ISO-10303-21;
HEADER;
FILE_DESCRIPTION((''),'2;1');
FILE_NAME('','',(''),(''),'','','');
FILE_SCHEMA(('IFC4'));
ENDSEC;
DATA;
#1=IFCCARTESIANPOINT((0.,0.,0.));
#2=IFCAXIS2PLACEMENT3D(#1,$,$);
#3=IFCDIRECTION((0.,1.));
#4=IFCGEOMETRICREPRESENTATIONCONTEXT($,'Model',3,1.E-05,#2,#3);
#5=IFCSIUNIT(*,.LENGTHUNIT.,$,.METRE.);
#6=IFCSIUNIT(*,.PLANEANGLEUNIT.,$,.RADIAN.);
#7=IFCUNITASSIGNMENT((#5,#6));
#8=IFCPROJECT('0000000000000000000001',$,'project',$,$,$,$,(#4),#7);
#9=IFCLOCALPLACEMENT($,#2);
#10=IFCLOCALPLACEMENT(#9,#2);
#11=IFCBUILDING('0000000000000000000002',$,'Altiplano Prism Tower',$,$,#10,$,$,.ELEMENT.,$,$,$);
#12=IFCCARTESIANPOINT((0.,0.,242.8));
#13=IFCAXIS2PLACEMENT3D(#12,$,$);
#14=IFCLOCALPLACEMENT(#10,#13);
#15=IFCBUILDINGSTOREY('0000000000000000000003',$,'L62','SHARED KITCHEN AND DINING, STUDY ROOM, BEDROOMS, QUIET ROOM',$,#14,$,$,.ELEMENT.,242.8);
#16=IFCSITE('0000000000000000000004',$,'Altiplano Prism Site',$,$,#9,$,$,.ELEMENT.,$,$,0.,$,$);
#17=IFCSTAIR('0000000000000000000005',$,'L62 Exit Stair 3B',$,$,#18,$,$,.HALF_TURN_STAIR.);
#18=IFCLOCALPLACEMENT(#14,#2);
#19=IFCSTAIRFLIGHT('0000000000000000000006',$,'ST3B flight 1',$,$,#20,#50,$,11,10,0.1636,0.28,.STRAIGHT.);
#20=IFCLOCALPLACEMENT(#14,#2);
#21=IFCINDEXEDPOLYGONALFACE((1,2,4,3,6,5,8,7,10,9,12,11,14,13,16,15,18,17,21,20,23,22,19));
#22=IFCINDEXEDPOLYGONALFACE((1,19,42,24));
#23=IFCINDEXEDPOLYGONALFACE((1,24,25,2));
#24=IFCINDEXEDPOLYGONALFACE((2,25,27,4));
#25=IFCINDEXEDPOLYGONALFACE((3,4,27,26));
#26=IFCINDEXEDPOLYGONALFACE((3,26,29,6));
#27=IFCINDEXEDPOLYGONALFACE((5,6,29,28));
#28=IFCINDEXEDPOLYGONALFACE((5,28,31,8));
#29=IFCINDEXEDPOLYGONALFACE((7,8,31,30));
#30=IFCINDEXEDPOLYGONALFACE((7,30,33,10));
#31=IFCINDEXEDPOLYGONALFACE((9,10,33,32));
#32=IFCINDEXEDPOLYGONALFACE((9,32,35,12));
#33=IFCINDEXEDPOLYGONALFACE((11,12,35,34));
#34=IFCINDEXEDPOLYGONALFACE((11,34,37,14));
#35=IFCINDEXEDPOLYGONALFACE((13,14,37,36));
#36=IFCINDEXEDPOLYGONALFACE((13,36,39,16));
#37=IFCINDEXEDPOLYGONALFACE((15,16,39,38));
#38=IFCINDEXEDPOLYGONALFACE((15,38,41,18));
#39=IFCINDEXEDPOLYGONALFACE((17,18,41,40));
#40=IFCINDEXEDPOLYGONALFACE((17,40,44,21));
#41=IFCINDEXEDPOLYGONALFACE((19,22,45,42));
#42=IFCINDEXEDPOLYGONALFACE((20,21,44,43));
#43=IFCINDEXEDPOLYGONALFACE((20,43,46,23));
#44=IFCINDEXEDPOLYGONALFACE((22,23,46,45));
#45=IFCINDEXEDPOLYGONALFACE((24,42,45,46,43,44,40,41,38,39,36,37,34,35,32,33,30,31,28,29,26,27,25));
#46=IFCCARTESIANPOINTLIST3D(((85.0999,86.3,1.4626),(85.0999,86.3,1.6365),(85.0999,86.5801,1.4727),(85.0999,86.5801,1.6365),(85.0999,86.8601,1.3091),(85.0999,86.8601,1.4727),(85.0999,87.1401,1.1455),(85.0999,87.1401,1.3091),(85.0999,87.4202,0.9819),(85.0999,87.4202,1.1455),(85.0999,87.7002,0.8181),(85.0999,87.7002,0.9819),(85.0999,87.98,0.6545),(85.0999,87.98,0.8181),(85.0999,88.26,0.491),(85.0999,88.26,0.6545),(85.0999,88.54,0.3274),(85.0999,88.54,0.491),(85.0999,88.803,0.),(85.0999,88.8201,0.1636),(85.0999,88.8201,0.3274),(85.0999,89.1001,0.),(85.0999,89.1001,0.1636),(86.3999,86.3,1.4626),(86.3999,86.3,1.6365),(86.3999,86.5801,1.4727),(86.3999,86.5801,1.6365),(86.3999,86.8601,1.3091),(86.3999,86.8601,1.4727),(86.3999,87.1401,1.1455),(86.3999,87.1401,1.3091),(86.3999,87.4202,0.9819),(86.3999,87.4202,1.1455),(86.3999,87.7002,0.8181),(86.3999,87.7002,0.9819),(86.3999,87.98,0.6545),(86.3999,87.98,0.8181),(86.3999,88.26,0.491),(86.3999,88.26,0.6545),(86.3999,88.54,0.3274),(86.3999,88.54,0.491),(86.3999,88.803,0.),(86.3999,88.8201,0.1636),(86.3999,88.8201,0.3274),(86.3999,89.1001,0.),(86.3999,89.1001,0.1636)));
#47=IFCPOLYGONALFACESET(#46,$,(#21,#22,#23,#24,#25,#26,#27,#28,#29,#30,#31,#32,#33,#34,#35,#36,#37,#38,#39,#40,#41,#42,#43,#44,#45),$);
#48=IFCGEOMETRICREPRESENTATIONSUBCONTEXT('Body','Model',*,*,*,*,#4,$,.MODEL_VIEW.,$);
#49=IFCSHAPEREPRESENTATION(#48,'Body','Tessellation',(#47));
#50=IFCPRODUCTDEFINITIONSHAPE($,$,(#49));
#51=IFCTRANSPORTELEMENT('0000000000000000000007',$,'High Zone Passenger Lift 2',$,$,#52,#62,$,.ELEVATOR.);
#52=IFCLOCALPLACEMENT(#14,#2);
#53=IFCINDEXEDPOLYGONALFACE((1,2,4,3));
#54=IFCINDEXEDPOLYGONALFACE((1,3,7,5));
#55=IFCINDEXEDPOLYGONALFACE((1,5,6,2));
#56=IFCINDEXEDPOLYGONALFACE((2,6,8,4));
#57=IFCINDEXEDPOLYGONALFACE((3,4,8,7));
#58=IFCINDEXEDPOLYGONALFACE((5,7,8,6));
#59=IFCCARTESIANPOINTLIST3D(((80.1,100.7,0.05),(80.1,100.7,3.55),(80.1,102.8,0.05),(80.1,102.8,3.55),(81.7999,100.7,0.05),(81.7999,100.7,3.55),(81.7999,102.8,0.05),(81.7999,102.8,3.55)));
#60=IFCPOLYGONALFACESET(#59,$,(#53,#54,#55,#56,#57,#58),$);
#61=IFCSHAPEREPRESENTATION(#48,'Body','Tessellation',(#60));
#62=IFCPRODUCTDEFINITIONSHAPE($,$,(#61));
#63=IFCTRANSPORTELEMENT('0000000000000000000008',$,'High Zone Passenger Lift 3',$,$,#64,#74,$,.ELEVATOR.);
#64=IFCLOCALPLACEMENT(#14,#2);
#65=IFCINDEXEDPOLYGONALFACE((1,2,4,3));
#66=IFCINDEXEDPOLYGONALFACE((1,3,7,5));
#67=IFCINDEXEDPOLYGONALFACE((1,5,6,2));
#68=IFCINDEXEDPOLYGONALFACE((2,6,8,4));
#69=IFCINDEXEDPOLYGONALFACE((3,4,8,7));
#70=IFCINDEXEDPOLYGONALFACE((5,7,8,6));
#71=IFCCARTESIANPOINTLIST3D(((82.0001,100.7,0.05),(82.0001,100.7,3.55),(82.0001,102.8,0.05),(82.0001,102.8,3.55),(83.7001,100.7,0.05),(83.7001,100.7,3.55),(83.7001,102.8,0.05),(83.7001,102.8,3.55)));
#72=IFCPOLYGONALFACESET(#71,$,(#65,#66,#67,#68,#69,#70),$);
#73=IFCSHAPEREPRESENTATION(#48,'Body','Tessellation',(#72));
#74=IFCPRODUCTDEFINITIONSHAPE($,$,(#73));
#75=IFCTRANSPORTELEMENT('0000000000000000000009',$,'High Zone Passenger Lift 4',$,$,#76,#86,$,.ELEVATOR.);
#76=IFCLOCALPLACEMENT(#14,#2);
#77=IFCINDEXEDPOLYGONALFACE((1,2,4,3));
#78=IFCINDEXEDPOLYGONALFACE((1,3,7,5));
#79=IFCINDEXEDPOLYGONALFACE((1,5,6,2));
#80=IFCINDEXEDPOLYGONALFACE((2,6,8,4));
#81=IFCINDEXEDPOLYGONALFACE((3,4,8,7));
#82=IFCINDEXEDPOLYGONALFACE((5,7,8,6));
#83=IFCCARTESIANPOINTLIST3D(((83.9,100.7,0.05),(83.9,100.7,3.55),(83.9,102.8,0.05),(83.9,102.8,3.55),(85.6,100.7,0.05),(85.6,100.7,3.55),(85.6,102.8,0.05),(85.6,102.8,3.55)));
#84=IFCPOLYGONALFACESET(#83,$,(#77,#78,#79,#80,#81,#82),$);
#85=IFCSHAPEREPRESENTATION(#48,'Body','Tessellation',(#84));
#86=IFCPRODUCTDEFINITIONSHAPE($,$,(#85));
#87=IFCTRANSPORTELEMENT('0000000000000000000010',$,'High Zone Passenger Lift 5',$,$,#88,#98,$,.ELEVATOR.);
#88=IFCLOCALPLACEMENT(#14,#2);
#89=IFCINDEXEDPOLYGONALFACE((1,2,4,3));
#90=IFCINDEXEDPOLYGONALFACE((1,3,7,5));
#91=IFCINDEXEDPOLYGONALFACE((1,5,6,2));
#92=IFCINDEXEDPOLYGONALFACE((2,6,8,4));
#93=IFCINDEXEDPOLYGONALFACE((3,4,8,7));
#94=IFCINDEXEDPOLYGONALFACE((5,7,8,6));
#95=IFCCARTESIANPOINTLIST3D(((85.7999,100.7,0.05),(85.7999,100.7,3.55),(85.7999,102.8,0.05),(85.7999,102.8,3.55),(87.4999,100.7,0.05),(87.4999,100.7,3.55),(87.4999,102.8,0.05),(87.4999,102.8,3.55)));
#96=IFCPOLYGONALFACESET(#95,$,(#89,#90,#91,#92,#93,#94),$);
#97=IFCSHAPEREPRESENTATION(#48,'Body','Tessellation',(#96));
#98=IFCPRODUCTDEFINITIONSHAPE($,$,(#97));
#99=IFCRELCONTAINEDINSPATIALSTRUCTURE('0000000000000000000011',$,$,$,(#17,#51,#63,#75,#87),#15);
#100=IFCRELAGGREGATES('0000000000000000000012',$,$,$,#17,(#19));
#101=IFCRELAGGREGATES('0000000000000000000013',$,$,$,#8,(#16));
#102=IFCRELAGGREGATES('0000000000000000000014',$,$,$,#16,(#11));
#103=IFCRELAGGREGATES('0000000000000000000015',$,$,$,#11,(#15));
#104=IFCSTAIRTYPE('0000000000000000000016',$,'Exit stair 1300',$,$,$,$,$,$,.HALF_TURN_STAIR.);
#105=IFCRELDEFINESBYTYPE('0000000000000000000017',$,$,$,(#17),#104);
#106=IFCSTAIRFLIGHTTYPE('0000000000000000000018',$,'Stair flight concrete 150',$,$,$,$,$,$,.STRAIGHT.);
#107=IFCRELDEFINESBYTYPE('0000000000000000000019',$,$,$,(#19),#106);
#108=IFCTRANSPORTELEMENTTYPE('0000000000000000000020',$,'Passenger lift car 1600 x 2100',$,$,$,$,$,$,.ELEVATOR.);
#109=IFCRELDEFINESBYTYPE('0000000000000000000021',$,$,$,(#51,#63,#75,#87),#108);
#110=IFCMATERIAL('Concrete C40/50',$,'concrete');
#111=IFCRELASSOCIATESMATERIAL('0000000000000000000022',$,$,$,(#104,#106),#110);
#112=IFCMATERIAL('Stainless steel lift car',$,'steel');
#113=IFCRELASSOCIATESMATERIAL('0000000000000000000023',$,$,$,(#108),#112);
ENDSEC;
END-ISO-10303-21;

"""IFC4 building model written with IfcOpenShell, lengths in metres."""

from ifc_helpers import new_model, si_unit, direction, frame, origin, origin_2d, place, context, subcontext, project, spatial, polyline, rectangle, outline, extrude, material, type_object, element, aggregate, save


model = new_model("IFC4")

# Units and contexts
model_context = context("Model", 3, precision=1e-05, world=origin(), true_north=direction((0.0, 1.0)))
body_context = subcontext(model_context, "Body", "Model", "MODEL_VIEW")
ifc_project = project(units=[si_unit("LENGTHUNIT", "METRE"), si_unit("PLANEANGLEUNIT", "RADIAN")], contexts=[model_context])

# Site, building, storey
site_placement = place(None, origin())
site = spatial("IfcSite", under=ifc_project, at=site_placement, Name="Altiplano Prism Site", CompositionType="ELEMENT", RefElevation=0.0)
building_placement = place(site_placement, origin())
building = spatial("IfcBuilding", under=site, at=building_placement, Name="Altiplano Prism Tower", CompositionType="ELEMENT")
storey_placement = place(building_placement, frame((0.0, 0.0, 242.8)))
storey = spatial("IfcBuildingStorey", under=building, at=storey_placement, Name="L62", Description="SHARED KITCHEN AND DINING, STUDY ROOM, BEDROOMS, QUIET ROOM", CompositionType="ELEMENT", Elevation=242.8)

# Stair, stair flight
ifc_material_1 = material(Name="Concrete C40/50", Category="concrete")
stair_type = type_object("IfcStairType", Name="Exit stair 1300", PredefinedType="HALF_TURN_STAIR", material=ifc_material_1)
stair_placement = place(storey_placement, origin())
stair = element("IfcStair", 1, at=stair_placement, inside=storey, type_object=stair_type, Name="L62 Exit Stair 3B", PredefinedType="HALF_TURN_STAIR")
stair_flight_type = type_object("IfcStairFlightType", Name="Stair flight concrete 150", PredefinedType="STRAIGHT", material=ifc_material_1)
stair_flight_placement = place(storey_placement, frame((85.75, 89.1001, 0.0), z_axis=(0.0, 0.0, 1.0), x_axis=(0.0, -1.0, 0.0)))
stair_flight = element("IfcStairFlight", 2, at=stair_flight_placement, type_object=stair_flight_type, Name="ST3B flight 1", NumberOfRisers=11, NumberOfTreads=10, PredefinedType="STRAIGHT", RiserHeight=0.1636, TreadLength=0.28, context=body_context, shape_type="SweptSolid", body=[
    extrude(outline(polyline([(0.0, 0.0), (0.0, 0.1636), (0.28, 0.1636), (0.28, 0.3274), (0.5601, 0.3274), (0.5601, 0.491), (0.8401, 0.491), (0.8401, 0.6545), (1.1201, 0.6545), (1.1201, 0.8181), (1.3999, 0.8181), (1.3999, 0.9819), (1.6799, 0.9819), (1.6799, 1.1455), (1.96, 1.1455), (1.96, 1.3091), (2.24, 1.3091), (2.24, 1.4727), (2.52, 1.4727), (2.52, 1.6365), (2.8, 1.6365), (2.8, 1.8), (2.8, 1.4626), (0.2971, 0.0), (0.0, 0.0)])), frame((0.0, 0.6499, 0.0), z_axis=(0.0, -1.0, 0.0), x_axis=(1.0, 0.0, 0.0)), (0.0, 0.0, 1.0), 1.3),
])
aggregate(stair, [stair_flight])

# Transport elements
ifc_material_2 = material(Name="Stainless steel lift car", Category="steel")
transport_element_type = type_object("IfcTransportElementType", Name="Passenger lift car 1600 x 2100", PredefinedType="ELEVATOR", material=ifc_material_2)
for number, where, z_axis, x_axis, name in (
    (3, (80.95, 101.75, 0.05), (0.0, 0.0, 1.0), (1.0, 0.0, 0.0), "High Zone Passenger Lift 2"),
    (4, (82.8501, 101.75, 0.05), (0.0, 0.0, 1.0), (1.0, 0.0, 0.0), "High Zone Passenger Lift 3"),
    (5, (84.75, 101.75, 0.05), (0.0, 0.0, 1.0), (1.0, 0.0, 0.0), "High Zone Passenger Lift 4"),
    (6, (86.6499, 101.75, 0.05), (0.0, 0.0, 1.0), (1.0, 0.0, 0.0), "High Zone Passenger Lift 5"),
):
    element("IfcTransportElement", number, at=place(storey_placement, frame(where, z_axis=z_axis, x_axis=x_axis)), inside=storey, type_object=transport_element_type, Name=name, PredefinedType="ELEVATOR", context=body_context, shape_type="SweptSolid", body=[
        extrude(rectangle(XDim=1.7, YDim=2.1001, at=origin_2d()), origin(), (0.0, 0.0, 1.0), 3.5),
    ])

save(model, "model.ifc")
